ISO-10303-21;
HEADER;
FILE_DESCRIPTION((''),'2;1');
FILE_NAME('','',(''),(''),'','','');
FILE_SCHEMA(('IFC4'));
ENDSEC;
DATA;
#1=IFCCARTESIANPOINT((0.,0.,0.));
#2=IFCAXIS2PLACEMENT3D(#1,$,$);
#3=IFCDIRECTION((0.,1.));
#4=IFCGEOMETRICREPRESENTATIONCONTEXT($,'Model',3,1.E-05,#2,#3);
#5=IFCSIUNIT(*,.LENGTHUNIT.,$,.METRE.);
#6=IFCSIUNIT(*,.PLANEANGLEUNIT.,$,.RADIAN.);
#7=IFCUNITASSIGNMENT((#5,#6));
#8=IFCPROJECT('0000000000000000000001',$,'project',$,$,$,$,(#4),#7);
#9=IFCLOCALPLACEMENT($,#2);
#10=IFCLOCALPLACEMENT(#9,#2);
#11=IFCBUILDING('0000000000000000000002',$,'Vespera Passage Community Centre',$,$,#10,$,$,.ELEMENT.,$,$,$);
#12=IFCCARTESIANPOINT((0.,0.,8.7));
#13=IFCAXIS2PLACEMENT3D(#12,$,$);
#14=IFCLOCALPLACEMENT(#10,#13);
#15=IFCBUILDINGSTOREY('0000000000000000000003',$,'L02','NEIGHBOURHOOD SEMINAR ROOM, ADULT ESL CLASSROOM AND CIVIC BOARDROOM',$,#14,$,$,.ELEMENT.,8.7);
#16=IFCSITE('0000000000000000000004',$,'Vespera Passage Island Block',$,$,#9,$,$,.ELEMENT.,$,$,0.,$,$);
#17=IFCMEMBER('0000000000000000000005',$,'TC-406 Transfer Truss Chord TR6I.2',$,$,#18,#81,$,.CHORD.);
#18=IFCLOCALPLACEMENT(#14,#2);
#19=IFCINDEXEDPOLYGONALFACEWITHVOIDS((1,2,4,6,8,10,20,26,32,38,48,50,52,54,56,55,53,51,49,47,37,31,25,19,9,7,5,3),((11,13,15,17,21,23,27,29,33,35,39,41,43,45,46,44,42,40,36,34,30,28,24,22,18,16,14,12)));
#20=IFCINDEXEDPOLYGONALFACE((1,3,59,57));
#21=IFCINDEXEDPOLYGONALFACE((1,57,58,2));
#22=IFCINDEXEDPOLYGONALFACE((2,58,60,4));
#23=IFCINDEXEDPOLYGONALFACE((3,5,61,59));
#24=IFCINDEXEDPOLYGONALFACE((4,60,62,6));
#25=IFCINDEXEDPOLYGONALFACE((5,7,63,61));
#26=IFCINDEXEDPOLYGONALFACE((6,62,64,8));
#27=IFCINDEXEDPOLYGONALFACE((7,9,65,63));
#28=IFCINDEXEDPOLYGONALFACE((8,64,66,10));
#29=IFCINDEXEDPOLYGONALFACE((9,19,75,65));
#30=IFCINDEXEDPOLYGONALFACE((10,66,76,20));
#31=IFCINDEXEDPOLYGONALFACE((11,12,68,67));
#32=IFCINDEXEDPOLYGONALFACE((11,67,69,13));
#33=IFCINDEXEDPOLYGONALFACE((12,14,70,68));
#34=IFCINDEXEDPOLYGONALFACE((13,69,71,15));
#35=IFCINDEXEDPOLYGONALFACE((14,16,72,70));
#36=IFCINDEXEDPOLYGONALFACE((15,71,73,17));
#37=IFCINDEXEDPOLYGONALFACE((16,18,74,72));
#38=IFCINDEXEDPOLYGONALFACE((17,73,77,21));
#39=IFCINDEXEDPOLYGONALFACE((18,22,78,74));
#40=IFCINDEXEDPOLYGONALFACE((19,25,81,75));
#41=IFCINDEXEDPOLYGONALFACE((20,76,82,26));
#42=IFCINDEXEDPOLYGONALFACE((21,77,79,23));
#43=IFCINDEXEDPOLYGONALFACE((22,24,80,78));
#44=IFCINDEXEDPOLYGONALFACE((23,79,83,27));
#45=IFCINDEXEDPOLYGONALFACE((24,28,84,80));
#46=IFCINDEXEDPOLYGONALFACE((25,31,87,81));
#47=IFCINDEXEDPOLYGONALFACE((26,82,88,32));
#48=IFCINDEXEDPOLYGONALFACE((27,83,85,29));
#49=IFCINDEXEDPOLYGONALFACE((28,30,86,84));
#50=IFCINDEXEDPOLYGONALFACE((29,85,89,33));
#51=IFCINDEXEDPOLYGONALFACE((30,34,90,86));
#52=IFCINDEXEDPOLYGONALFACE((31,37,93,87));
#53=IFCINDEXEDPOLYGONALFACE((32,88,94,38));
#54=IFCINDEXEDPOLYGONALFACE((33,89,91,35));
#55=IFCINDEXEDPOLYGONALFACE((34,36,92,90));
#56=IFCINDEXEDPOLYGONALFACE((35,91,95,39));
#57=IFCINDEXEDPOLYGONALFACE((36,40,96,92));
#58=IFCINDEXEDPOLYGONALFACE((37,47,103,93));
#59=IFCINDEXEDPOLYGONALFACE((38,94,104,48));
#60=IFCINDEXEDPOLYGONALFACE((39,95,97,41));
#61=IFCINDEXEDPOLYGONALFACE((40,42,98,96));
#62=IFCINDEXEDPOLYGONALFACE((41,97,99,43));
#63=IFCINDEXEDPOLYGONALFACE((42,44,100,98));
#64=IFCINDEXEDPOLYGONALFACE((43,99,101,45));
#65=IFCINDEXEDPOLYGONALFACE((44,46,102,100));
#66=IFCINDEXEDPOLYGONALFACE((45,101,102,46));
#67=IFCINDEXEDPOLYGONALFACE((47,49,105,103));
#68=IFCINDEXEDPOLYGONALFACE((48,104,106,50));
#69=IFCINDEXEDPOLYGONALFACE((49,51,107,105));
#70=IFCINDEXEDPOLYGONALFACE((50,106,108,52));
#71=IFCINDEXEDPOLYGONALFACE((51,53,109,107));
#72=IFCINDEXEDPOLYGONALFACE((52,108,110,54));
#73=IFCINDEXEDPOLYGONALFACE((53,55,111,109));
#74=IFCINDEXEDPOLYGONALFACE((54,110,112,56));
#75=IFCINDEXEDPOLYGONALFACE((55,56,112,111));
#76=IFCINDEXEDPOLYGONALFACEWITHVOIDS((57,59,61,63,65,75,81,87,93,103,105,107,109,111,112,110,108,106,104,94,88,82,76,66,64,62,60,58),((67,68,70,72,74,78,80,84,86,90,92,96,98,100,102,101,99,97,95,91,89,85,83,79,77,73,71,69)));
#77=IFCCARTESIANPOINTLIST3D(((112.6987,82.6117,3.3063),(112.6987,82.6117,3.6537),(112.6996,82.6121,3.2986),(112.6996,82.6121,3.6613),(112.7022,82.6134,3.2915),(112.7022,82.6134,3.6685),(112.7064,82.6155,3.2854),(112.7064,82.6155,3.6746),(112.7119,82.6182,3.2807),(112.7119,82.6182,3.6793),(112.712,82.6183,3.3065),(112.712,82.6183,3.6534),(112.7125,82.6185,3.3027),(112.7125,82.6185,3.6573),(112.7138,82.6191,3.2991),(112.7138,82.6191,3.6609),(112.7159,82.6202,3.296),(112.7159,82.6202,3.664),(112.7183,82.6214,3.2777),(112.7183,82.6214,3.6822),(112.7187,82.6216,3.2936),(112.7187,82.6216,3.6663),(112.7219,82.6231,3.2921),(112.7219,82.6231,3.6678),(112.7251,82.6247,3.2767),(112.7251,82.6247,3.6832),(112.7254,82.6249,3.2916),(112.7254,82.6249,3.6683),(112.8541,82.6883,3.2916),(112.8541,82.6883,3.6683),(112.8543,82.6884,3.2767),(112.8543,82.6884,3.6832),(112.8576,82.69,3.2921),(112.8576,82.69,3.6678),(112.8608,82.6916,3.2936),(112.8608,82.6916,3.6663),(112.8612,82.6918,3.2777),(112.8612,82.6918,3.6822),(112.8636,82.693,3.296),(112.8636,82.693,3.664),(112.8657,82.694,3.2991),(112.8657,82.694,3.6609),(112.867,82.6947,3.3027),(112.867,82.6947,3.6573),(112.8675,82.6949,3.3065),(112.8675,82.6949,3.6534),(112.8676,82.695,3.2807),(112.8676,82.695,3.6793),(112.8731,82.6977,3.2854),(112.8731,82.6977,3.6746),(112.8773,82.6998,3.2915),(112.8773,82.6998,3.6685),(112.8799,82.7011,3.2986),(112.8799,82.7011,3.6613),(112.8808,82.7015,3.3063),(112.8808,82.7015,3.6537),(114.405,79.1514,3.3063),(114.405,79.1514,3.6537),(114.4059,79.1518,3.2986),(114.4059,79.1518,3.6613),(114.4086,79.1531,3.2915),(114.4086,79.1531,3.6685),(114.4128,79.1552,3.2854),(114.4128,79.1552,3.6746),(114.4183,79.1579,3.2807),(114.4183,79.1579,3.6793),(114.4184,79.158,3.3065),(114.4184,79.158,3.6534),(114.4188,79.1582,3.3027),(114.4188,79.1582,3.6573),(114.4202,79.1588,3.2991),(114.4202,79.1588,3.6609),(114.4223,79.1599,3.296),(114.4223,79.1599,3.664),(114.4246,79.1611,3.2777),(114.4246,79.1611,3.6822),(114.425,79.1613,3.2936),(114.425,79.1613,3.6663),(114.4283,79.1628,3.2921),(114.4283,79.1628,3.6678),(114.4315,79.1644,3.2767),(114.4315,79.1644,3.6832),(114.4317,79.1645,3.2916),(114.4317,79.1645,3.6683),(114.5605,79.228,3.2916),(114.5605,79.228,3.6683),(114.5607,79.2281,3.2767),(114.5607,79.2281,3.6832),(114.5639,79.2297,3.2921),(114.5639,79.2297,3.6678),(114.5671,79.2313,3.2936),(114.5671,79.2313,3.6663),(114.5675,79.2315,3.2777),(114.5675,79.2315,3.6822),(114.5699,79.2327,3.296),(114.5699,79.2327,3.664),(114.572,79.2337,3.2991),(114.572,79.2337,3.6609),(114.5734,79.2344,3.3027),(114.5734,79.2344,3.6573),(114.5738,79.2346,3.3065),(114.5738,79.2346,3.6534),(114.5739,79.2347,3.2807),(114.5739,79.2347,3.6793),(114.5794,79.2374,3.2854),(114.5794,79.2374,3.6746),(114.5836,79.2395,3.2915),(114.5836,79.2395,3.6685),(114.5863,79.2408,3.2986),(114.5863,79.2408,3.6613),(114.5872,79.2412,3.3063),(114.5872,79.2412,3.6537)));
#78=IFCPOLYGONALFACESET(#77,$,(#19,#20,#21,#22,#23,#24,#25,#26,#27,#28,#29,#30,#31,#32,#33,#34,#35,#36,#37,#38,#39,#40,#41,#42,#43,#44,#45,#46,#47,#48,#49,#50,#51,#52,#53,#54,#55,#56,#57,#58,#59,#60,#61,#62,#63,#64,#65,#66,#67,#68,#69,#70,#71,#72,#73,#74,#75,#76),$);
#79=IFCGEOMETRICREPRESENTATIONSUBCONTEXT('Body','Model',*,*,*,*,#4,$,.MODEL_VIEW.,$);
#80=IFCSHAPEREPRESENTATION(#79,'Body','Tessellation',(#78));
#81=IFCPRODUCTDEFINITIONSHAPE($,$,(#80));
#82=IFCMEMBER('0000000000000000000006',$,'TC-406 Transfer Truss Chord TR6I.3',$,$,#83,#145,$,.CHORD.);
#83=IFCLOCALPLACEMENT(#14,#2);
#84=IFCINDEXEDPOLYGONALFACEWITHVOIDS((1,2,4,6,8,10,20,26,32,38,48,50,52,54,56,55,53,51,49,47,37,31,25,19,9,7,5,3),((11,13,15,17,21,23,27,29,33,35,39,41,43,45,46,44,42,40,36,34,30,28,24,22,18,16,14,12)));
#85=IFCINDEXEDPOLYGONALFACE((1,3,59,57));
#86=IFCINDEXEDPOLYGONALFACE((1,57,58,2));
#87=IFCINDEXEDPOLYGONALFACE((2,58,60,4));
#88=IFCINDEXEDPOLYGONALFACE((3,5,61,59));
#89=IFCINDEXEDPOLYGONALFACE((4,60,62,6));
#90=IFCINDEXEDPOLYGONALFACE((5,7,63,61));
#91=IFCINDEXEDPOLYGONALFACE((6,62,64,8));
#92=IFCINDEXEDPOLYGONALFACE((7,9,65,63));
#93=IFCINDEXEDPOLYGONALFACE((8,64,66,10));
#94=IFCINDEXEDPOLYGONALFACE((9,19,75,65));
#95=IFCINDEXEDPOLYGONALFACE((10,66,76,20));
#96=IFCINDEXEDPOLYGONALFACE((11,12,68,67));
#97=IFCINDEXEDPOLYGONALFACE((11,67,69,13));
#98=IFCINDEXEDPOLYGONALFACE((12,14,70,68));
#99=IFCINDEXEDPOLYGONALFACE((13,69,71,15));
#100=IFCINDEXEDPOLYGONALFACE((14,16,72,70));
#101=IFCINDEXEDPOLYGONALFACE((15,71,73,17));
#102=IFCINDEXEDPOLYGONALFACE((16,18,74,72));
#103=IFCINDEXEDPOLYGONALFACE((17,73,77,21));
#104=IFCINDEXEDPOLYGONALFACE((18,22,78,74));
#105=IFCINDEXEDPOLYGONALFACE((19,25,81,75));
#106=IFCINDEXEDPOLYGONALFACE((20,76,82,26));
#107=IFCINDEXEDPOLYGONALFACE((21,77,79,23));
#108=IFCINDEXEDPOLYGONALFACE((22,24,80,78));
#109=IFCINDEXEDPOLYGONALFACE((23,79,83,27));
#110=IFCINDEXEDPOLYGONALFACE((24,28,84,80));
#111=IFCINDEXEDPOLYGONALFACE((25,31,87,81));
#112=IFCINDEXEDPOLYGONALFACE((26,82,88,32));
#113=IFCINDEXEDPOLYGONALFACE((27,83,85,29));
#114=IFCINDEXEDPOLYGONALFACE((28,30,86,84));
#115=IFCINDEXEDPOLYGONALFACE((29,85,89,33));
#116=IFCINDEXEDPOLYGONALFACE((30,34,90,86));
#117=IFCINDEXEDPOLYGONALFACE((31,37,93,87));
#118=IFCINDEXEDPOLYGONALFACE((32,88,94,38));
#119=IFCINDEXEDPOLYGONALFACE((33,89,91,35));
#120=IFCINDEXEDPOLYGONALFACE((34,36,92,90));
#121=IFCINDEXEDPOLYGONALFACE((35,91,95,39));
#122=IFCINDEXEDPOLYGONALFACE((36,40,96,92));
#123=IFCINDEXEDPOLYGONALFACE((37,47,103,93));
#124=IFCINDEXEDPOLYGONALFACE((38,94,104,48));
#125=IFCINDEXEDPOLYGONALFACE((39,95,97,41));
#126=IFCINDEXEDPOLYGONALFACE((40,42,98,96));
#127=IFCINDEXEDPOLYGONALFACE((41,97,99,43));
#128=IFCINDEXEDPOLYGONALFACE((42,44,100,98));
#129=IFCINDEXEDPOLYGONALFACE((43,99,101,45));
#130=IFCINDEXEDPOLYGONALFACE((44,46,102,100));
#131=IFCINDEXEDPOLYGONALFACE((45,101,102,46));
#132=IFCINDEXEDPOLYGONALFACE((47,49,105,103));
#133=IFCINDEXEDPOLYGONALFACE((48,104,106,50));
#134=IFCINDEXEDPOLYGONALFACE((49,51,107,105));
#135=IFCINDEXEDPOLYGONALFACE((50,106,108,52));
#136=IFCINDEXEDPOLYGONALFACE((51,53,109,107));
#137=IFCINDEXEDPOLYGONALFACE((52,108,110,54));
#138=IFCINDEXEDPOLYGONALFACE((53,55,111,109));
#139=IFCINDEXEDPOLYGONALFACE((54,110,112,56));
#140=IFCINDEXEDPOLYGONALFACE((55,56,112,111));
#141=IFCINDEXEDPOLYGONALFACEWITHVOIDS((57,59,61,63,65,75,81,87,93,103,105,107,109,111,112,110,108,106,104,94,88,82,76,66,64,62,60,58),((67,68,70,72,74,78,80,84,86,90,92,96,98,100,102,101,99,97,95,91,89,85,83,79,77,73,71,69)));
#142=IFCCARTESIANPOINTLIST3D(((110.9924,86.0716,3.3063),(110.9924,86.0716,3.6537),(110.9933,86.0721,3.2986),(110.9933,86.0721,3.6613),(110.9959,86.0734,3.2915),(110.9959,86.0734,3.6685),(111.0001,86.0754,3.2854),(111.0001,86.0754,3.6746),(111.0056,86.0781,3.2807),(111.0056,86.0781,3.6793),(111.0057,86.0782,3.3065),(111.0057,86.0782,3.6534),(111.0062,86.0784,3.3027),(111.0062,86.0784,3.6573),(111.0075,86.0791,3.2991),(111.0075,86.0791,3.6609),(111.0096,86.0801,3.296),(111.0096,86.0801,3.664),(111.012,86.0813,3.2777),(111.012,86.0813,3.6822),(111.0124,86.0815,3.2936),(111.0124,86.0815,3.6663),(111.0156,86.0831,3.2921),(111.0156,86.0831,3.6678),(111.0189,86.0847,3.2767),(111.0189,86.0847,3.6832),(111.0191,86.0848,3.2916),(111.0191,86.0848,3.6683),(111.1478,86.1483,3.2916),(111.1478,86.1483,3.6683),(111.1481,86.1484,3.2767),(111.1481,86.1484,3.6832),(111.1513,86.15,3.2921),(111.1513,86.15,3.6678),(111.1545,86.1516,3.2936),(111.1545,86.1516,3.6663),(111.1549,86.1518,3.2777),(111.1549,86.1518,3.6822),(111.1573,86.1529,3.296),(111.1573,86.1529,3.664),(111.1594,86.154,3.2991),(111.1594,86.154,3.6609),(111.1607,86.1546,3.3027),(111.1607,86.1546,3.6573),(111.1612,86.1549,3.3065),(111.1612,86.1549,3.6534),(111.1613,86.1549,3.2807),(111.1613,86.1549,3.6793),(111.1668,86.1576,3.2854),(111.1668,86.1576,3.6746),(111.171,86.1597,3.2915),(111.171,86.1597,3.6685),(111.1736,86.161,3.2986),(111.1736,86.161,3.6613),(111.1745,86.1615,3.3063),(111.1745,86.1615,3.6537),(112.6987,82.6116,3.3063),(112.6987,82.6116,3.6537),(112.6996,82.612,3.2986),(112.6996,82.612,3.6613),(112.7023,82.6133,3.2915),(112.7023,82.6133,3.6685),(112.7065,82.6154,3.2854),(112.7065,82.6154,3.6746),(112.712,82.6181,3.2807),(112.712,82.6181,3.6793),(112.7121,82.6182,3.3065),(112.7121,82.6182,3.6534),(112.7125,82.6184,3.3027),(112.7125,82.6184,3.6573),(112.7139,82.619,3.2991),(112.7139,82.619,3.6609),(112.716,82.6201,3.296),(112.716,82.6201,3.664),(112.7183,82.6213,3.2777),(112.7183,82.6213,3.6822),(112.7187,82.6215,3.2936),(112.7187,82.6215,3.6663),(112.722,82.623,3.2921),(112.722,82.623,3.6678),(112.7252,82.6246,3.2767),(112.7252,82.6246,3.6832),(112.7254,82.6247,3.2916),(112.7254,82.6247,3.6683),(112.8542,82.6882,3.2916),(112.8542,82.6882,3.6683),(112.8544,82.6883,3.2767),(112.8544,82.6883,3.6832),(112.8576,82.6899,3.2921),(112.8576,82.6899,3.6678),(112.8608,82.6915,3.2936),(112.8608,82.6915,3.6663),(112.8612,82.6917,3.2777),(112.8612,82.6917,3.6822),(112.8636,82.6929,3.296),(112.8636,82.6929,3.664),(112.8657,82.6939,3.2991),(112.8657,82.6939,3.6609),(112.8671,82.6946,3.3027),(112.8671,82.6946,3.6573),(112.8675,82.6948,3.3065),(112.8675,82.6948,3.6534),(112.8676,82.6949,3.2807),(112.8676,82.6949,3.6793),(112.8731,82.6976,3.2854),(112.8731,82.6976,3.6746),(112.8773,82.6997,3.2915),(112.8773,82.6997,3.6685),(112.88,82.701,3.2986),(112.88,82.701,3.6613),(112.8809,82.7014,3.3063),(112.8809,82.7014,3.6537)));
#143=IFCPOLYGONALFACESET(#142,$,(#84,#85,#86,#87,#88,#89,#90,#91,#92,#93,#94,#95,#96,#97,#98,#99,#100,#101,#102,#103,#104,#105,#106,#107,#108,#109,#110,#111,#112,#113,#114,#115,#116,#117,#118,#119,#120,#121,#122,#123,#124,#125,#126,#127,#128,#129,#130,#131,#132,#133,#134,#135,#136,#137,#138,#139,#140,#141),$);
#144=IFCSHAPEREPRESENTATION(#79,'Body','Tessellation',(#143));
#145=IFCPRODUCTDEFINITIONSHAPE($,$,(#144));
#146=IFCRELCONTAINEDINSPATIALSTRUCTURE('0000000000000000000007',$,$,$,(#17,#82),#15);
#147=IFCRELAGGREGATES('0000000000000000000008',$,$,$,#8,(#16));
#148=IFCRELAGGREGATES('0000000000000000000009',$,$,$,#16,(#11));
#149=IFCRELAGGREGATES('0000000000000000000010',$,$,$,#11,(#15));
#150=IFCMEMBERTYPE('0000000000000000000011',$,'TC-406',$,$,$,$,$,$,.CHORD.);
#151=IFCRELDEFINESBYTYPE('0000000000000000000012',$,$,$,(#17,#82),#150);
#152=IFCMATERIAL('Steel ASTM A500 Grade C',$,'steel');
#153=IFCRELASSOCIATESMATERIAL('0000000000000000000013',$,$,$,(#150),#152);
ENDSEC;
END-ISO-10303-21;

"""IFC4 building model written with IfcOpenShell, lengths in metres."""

from ifc_helpers import new_model, si_unit, direction, frame, origin, origin_2d, place, context, subcontext, project, spatial, hollow_rectangle, extrude, material, material_profile, profile_set, type_object, element, save


model = new_model("IFC4")

# Units and contexts
model_context = context("Model", 3, precision=1e-05, world=origin(), true_north=direction((0.0, 1.0)))
body_context = subcontext(model_context, "Body", "Model", "MODEL_VIEW")
ifc_project = project(units=[si_unit("LENGTHUNIT", "METRE"), si_unit("PLANEANGLEUNIT", "RADIAN")], contexts=[model_context])

# Site, building, storey
site_placement = place(None, origin())
site = spatial("IfcSite", under=ifc_project, at=site_placement, Name="Vespera Passage Island Block", CompositionType="ELEMENT", RefElevation=0.0)
building_placement = place(site_placement, origin())
building = spatial("IfcBuilding", under=site, at=building_placement, Name="Vespera Passage Community Centre", CompositionType="ELEMENT")
storey_placement = place(building_placement, frame((0.0, 0.0, 8.7)))
storey = spatial("IfcBuildingStorey", under=building, at=storey_placement, Name="L02", Description="NEIGHBOURHOOD SEMINAR ROOM, ADULT ESL CLASSROOM AND CIVIC BOARDROOM", CompositionType="ELEMENT", Elevation=8.7)

# Members
ifc_material_1 = material(Name="Steel ASTM A500 Grade C", Category="steel")
ifc_material_profile_1 = material_profile(ifc_material_1, hollow_rectangle(XDim=0.2031, YDim=0.4065, WallThickness=0.0149, InnerFilletRadius=0.0149, OuterFilletRadius=0.0295, at=origin_2d()), Name="HSS406X203X15.9")
ifc_profile_set_1 = profile_set([ifc_material_profile_1], Name="Steel ASTM A500 Grade C")
member_type_1 = type_object("IfcMemberType", Name="TC-406", PredefinedType="CHORD", material=ifc_profile_set_1)
member_1_placement = place(storey_placement, frame((114.4961, 79.1963, 3.48), z_axis=(-0.442271, 0.896882, 0.0), x_axis=(-0.896882, -0.442271, 0.0)))
element("IfcMember", 1, at=member_1_placement, inside=storey, type_object=member_type_1, Name="TC-406 Transfer Truss Chord TR6I.2", PredefinedType="CHORD", context=body_context, shape_type="SweptSolid", body=[
    extrude(hollow_rectangle(XDim=0.2031, YDim=0.4065, WallThickness=0.0149, InnerFilletRadius=0.0149, OuterFilletRadius=0.0295, at=origin_2d()), origin(), (0.0, 0.0, 1.0), 3.8582),
])
member_2_placement = place(storey_placement, frame((112.7898, 82.6565, 3.48), z_axis=(-0.442296, 0.896869, 0.0), x_axis=(-0.896869, -0.442296, 0.0)))
element("IfcMember", 2, at=member_2_placement, inside=storey, type_object=member_type_1, Name="TC-406 Transfer Truss Chord TR6I.3", PredefinedType="CHORD", context=body_context, shape_type="SweptSolid", body=[
    extrude(hollow_rectangle(XDim=0.2031, YDim=0.4065, WallThickness=0.0149, InnerFilletRadius=0.0149, OuterFilletRadius=0.0295, at=origin_2d()), origin(), (0.0, 0.0, 1.0), 3.8579),
])

save(model, "model.ifc")
